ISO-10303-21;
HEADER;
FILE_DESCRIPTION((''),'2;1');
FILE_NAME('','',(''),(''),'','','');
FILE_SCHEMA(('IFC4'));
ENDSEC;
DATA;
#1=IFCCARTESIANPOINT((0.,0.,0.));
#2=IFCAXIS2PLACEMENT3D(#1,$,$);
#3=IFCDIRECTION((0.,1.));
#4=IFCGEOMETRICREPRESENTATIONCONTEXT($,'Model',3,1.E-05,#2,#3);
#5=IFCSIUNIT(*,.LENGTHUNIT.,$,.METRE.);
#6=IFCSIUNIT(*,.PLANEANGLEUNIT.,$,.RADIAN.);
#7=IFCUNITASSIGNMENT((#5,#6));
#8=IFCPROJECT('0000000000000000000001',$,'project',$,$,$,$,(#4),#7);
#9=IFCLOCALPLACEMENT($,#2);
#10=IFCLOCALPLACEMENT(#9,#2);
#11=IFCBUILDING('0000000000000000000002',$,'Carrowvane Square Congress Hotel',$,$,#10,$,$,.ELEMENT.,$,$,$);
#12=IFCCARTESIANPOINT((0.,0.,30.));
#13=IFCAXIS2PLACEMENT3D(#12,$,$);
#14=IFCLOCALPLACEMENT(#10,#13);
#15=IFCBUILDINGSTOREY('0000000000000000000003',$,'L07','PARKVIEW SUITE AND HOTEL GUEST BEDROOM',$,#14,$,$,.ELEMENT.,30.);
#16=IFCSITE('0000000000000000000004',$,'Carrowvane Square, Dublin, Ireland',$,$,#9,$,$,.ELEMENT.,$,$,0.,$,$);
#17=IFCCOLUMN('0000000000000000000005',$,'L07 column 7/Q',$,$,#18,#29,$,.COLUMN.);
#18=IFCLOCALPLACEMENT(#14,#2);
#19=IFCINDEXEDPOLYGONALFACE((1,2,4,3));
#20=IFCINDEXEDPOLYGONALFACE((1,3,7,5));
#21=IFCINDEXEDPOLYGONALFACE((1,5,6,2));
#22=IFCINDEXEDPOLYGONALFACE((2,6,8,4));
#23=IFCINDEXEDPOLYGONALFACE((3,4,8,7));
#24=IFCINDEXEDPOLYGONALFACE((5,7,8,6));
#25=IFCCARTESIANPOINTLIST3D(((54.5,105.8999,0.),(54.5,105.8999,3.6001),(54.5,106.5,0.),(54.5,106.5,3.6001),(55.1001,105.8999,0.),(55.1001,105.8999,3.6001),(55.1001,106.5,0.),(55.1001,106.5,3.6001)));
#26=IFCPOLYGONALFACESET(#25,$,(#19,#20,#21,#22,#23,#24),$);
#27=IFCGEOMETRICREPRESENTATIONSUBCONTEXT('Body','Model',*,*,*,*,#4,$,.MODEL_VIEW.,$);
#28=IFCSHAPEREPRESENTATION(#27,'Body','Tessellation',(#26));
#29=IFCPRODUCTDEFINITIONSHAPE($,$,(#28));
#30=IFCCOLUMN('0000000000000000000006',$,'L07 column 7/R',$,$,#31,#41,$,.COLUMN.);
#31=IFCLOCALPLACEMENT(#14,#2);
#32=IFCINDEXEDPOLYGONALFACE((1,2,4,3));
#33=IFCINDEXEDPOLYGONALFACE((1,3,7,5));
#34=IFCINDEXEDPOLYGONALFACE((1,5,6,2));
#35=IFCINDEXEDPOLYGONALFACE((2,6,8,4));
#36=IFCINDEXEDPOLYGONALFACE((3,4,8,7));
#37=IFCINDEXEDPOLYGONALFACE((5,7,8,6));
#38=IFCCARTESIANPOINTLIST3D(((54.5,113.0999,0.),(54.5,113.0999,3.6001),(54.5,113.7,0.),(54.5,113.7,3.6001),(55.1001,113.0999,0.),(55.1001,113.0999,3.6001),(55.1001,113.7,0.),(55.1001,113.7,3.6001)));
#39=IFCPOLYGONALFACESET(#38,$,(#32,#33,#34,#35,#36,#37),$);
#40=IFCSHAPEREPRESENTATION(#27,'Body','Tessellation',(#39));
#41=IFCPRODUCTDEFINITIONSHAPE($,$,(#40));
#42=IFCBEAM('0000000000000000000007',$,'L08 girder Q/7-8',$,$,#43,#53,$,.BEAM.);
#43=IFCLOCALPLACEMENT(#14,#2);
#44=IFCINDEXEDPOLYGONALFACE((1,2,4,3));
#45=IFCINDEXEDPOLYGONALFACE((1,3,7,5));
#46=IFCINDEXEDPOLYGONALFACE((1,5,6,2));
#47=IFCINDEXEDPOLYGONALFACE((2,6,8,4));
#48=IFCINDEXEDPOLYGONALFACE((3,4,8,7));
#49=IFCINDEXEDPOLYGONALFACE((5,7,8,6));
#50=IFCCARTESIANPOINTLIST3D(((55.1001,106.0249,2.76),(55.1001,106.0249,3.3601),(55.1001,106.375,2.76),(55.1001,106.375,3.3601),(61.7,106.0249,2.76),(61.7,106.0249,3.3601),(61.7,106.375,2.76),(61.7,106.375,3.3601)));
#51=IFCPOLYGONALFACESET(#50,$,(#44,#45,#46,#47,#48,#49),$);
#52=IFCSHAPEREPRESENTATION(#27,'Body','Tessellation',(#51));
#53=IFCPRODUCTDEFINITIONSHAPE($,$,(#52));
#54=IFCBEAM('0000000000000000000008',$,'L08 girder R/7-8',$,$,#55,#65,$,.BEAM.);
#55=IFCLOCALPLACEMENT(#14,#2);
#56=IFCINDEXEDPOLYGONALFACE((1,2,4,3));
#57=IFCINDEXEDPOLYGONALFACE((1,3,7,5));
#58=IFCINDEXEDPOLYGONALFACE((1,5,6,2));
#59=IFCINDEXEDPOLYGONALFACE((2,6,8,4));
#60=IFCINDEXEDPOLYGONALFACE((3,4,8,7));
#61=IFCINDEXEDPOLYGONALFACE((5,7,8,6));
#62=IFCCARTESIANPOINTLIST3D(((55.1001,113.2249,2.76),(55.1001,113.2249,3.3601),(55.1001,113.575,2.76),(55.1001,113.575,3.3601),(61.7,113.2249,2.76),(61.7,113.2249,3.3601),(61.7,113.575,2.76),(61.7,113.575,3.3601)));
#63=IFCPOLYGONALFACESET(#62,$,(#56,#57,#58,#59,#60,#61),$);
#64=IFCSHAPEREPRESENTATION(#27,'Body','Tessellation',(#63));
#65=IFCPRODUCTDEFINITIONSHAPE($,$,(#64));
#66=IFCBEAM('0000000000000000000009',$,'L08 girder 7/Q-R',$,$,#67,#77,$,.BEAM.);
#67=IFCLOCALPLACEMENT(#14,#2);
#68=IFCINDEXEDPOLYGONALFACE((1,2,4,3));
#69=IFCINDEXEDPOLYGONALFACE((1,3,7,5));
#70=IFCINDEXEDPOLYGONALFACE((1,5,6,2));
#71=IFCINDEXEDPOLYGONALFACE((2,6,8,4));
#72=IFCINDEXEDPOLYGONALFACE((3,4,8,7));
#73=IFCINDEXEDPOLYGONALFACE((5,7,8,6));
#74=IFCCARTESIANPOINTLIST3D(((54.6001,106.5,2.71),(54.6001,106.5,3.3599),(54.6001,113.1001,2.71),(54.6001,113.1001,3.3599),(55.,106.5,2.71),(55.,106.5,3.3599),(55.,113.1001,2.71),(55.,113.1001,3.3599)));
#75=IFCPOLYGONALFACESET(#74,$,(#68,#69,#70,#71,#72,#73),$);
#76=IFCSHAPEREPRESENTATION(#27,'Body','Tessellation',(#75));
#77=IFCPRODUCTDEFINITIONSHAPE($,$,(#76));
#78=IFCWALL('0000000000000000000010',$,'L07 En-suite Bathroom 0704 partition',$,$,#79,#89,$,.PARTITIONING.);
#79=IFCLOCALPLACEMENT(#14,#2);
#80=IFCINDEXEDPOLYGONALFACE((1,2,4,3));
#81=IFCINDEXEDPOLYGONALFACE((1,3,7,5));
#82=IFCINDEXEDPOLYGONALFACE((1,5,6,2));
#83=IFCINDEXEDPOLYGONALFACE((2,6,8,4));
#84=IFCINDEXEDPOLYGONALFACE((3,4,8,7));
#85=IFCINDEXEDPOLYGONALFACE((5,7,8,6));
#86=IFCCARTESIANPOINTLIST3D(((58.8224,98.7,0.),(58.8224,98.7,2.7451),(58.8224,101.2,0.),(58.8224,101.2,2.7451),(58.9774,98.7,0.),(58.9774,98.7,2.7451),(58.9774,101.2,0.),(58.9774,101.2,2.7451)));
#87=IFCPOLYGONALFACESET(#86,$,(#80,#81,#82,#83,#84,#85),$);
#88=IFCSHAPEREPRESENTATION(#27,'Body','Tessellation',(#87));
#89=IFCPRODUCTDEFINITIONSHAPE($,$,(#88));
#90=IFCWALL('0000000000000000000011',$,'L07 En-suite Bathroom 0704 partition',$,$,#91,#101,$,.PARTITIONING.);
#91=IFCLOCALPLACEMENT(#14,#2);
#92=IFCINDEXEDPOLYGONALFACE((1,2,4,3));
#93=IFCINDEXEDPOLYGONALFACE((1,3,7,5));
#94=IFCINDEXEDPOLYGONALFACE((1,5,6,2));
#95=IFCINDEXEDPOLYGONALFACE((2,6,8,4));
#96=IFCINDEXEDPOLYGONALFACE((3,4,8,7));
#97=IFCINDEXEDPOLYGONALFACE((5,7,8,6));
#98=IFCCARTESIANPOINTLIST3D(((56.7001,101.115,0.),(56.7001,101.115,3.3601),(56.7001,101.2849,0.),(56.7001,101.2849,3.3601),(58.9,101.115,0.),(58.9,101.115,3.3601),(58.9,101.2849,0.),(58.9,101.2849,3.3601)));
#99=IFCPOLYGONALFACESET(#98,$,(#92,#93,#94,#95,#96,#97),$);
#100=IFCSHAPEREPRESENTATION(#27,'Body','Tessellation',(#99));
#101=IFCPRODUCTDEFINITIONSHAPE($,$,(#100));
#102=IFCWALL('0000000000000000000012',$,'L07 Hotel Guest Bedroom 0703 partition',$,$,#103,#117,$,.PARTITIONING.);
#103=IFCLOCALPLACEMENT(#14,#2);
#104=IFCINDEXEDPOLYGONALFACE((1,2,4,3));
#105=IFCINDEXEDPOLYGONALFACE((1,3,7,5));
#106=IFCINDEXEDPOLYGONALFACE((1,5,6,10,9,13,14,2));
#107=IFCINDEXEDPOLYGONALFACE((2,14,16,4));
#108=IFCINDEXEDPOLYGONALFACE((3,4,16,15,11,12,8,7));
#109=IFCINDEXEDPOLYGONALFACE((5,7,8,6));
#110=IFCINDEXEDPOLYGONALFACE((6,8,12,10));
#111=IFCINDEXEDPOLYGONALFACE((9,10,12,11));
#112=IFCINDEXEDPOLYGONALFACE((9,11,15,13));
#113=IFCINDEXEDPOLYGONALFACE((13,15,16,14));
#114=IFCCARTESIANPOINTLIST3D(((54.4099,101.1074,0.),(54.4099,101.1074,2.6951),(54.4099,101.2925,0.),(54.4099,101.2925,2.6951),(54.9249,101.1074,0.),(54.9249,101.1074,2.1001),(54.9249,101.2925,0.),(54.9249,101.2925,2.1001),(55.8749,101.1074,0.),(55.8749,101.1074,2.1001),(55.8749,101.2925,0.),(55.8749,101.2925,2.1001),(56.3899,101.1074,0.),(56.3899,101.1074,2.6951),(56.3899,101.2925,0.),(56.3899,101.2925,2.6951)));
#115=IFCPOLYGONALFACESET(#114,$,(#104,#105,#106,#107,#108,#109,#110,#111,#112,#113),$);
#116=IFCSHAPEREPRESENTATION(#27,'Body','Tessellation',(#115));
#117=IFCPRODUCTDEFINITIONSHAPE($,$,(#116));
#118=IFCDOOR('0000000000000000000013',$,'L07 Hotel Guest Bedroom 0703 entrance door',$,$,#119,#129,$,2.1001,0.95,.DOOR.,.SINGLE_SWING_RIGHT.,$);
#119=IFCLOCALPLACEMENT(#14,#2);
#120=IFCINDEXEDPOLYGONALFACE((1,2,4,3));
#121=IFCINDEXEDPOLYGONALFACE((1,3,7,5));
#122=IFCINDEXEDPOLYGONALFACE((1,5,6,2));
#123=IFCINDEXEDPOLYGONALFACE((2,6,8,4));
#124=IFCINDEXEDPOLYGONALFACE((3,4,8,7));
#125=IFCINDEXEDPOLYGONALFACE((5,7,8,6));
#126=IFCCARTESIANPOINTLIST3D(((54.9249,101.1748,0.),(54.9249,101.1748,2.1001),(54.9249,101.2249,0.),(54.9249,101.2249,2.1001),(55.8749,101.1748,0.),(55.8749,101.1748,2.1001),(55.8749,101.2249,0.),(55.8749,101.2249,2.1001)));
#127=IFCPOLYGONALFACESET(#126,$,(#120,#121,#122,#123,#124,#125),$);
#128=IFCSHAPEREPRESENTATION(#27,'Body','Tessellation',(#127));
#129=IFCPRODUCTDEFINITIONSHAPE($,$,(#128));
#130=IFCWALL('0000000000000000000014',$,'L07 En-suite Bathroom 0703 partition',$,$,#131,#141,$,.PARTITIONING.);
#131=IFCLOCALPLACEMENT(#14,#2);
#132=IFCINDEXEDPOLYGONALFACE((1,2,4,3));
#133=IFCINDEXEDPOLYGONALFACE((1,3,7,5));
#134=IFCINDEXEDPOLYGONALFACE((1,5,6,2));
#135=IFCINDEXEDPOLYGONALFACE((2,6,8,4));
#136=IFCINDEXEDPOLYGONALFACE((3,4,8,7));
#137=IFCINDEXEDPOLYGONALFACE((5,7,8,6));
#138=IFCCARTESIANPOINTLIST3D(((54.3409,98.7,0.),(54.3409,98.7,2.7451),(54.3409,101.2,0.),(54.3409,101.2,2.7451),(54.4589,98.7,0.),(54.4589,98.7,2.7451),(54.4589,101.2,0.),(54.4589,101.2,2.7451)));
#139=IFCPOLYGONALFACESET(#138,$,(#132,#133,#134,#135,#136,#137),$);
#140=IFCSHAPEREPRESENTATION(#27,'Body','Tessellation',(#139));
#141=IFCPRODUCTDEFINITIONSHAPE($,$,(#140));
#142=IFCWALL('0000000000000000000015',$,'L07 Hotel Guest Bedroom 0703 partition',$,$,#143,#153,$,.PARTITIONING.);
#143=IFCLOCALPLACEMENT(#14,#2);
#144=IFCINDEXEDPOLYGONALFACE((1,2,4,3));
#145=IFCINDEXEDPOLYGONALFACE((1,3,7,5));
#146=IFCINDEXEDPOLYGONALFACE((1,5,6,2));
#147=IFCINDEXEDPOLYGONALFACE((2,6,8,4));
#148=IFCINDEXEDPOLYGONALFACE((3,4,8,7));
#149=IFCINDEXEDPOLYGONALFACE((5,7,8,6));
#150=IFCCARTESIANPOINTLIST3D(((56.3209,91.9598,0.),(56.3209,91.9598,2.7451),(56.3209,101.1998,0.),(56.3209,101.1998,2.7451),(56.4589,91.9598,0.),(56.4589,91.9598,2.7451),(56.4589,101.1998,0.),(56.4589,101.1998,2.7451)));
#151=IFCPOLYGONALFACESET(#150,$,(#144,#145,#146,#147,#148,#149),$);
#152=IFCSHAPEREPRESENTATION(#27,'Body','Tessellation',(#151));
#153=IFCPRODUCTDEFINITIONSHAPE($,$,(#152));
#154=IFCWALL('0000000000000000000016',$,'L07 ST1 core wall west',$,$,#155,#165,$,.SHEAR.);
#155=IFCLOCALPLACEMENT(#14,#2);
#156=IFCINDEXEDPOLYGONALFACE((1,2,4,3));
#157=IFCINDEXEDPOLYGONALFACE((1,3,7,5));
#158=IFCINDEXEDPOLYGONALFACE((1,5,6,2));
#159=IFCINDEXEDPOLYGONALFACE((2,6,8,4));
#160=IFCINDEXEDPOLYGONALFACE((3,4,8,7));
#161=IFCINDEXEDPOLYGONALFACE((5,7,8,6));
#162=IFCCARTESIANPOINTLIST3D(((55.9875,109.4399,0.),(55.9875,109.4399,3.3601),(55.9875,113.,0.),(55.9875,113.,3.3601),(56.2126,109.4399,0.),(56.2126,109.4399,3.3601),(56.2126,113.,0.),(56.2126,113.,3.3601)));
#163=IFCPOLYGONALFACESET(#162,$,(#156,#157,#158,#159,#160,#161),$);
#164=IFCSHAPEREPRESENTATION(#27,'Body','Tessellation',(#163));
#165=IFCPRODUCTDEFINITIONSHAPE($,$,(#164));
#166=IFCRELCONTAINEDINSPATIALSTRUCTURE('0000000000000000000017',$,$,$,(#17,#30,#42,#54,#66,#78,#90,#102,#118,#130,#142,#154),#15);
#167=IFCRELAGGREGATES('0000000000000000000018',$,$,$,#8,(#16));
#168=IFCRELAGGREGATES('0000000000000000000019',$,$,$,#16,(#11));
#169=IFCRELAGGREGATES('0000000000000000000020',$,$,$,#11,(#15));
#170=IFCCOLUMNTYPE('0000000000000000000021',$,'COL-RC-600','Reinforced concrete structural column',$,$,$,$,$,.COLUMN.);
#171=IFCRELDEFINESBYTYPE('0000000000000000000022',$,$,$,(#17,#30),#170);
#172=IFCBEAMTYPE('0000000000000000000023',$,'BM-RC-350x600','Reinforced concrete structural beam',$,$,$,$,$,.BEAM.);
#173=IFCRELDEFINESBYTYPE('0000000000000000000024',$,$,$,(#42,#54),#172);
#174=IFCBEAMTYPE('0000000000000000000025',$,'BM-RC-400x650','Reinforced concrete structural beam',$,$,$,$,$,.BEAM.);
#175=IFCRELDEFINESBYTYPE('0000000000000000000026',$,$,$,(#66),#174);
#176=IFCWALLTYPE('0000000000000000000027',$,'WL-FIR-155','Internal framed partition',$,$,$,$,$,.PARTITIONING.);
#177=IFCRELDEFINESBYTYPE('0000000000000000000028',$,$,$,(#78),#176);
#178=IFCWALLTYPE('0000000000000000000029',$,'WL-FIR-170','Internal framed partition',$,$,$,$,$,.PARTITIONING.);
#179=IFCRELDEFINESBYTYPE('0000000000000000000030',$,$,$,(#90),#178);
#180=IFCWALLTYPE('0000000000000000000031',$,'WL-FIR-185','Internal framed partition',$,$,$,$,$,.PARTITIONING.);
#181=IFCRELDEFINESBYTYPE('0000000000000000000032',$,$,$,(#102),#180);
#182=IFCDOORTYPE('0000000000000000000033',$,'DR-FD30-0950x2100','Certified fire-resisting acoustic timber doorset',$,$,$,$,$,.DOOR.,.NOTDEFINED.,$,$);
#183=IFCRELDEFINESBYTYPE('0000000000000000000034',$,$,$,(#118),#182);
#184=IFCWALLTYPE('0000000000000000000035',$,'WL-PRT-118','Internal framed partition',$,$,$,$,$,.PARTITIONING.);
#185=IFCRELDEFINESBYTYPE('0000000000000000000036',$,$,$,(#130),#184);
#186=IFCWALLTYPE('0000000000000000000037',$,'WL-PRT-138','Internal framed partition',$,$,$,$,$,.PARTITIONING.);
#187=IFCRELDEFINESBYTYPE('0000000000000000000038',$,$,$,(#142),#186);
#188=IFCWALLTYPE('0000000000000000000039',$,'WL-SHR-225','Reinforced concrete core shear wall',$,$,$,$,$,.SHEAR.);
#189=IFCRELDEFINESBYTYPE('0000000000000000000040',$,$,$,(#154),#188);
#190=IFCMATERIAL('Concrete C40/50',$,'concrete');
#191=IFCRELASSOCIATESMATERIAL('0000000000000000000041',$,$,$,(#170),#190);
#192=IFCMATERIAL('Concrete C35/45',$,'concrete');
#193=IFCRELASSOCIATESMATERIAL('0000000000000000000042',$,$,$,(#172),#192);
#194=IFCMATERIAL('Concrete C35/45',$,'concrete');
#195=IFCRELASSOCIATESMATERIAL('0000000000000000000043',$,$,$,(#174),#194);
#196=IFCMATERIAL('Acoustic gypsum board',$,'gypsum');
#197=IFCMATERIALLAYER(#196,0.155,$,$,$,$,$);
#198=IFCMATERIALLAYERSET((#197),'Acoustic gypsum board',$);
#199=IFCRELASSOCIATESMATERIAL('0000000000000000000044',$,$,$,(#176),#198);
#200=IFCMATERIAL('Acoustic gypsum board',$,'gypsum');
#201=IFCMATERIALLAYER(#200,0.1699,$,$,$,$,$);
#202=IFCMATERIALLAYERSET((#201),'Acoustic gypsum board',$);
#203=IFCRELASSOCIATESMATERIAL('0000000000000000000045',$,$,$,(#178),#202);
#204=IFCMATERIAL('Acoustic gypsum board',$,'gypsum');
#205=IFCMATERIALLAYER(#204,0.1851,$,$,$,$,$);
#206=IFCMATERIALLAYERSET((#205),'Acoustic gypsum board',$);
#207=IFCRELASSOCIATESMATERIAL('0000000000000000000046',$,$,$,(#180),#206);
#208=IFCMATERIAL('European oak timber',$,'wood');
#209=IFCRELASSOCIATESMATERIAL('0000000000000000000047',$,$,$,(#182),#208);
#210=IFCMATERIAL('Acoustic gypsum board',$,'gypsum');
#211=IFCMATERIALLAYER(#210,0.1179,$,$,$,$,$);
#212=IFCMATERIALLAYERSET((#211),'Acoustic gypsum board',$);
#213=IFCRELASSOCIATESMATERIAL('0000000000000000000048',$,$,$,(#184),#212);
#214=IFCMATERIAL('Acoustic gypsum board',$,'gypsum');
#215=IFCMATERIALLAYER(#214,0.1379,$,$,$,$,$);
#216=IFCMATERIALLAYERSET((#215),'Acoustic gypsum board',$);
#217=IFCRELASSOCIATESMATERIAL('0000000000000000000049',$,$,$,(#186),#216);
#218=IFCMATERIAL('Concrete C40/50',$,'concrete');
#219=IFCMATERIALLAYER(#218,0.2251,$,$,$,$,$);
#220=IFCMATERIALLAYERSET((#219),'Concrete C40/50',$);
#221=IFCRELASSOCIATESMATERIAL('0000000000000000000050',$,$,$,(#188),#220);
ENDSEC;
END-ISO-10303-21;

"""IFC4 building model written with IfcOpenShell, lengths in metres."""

from ifc_helpers import new_model, si_unit, direction, frame, frame_2d, origin, origin_2d, place, context, subcontext, project, spatial, rectangle, extrude, material, layer, layer_set, material_profile, profile_set, type_object, element, fill, save


model = new_model("IFC4")

# Units and contexts
model_context = context("Model", 3, precision=1e-05, world=origin(), true_north=direction((0.0, 1.0)))
body_context = subcontext(model_context, "Body", "Model", "MODEL_VIEW")
ifc_project = project(units=[si_unit("LENGTHUNIT", "METRE"), si_unit("PLANEANGLEUNIT", "RADIAN")], contexts=[model_context])

# Site, building, storey
site_placement = place(None, origin())
site = spatial("IfcSite", under=ifc_project, at=site_placement, Name="Carrowvane Square, Dublin, Ireland", CompositionType="ELEMENT", RefElevation=0.0)
building_placement = place(site_placement, origin())
building = spatial("IfcBuilding", under=site, at=building_placement, Name="Carrowvane Square Congress Hotel", CompositionType="ELEMENT")
storey_placement = place(building_placement, frame((0.0, 0.0, 30.0)))
storey = spatial("IfcBuildingStorey", under=building, at=storey_placement, Name="L07", Description="PARKVIEW SUITE AND HOTEL GUEST BEDROOM", CompositionType="ELEMENT", Elevation=30.0)

# Columns
ifc_material_1 = material(Name="Concrete C40/50", Category="concrete")
ifc_material_profile_1 = material_profile(ifc_material_1, rectangle(XDim=0.6001, YDim=0.6001, at=origin_2d()), Name="RC 600x600")
ifc_profile_set_1 = profile_set([ifc_material_profile_1], Name="Concrete C40/50")
column_type = type_object("IfcColumnType", Name="COL-RC-600", Description="Reinforced concrete structural column", PredefinedType="COLUMN", material=ifc_profile_set_1)
for number, where, z_axis, x_axis, name in (
    (1, (54.8, 106.2, 0.0), (0.0, 0.0, 1.0), (1.0, 0.0, 0.0), "L07 column 7/Q"),
    (2, (54.8, 113.3999, 0.0), (0.0, 0.0, 1.0), (1.0, 0.0, 0.0), "L07 column 7/R"),
):
    element("IfcColumn", number, at=place(storey_placement, frame(where, z_axis=z_axis, x_axis=x_axis)), inside=storey, type_object=column_type, Name=name, PredefinedType="COLUMN", context=body_context, shape_type="SweptSolid", body=[
        extrude(rectangle(XDim=0.6001, YDim=0.6001, at=origin_2d()), origin(), (0.0, 0.0, 1.0), 3.6001),
    ])

# Beams
ifc_material_2 = material(Name="Concrete C35/45", Category="concrete")
ifc_material_profile_2 = material_profile(ifc_material_2, rectangle(XDim=0.3501, YDim=0.6001, at=origin_2d()), Name="RC 350x600")
ifc_profile_set_2 = profile_set([ifc_material_profile_2], Name="Concrete C35/45")
beam_type_1 = type_object("IfcBeamType", Name="BM-RC-350x600", Description="Reinforced concrete structural beam", PredefinedType="BEAM", material=ifc_profile_set_2)
for number, where, z_axis, x_axis, name in (
    (3, (55.1001, 106.2, 3.0601), (1.0, 0.0, 0.0), (0.0, 1.0, 0.0), "L08 girder Q/7-8"),
    (4, (55.1001, 113.3999, 3.0601), (1.0, 0.0, 0.0), (0.0, 1.0, 0.0), "L08 girder R/7-8"),
):
    element("IfcBeam", number, at=place(storey_placement, frame(where, z_axis=z_axis, x_axis=x_axis)), inside=storey, type_object=beam_type_1, Name=name, PredefinedType="BEAM", context=body_context, shape_type="SweptSolid", body=[
        extrude(rectangle(XDim=0.3501, YDim=0.6001, at=origin_2d()), origin(), (0.0, 0.0, 1.0), 6.5999),
    ])
ifc_material_3 = material(Name="Concrete C35/45", Category="concrete")
ifc_material_profile_3 = material_profile(ifc_material_3, rectangle(XDim=0.3999, YDim=0.6499, at=origin_2d()), Name="RC 400x650")
ifc_profile_set_3 = profile_set([ifc_material_profile_3], Name="Concrete C35/45")
beam_type_2 = type_object("IfcBeamType", Name="BM-RC-400x650", Description="Reinforced concrete structural beam", PredefinedType="BEAM", material=ifc_profile_set_3)
beam_placement = place(storey_placement, frame((54.8, 106.5, 3.0349), z_axis=(0.0, 1.0, 0.0), x_axis=(-1.0, 0.0, 0.0)))
element("IfcBeam", 5, at=beam_placement, inside=storey, type_object=beam_type_2, Name="L08 girder 7/Q-R", PredefinedType="BEAM", context=body_context, shape_type="SweptSolid", body=[
    extrude(rectangle(XDim=0.3999, YDim=0.6499, at=origin_2d()), origin(), (0.0, 0.0, 1.0), 6.6001),
])

# Walls
ifc_material_4 = material(Name="Acoustic gypsum board", Category="gypsum")
ifc_layer_1 = layer(ifc_material_4, 0.155)
ifc_layer_set_1 = layer_set([ifc_layer_1], Name="Acoustic gypsum board")
wall_type_1 = type_object("IfcWallType", Name="WL-FIR-155", Description="Internal framed partition", PredefinedType="PARTITIONING", material=ifc_layer_set_1)
wall_1_placement = place(storey_placement, frame((58.8999, 101.2, 0.0), z_axis=(0.0, 0.0, 1.0), x_axis=(0.0, -1.0, 0.0)))
element("IfcWall", 6, at=wall_1_placement, inside=storey, type_object=wall_type_1, Name="L07 En-suite Bathroom 0704 partition", PredefinedType="PARTITIONING", context=body_context, shape_type="SweptSolid", body=[
    extrude(rectangle(XDim=2.5, YDim=0.155, at=frame_2d((1.25, 0.0))), origin(), (0.0, 0.0, 1.0), 2.7451),
])
ifc_material_5 = material(Name="Acoustic gypsum board", Category="gypsum")
ifc_layer_2 = layer(ifc_material_5, 0.1699)
ifc_layer_set_2 = layer_set([ifc_layer_2], Name="Acoustic gypsum board")
wall_type_2 = type_object("IfcWallType", Name="WL-FIR-170", Description="Internal framed partition", PredefinedType="PARTITIONING", material=ifc_layer_set_2)
wall_2_placement = place(storey_placement, frame((56.7, 101.2, 0.0), z_axis=(0.0, 0.0, 1.0), x_axis=(1.0, 0.0, 0.0)))
element("IfcWall", 7, at=wall_2_placement, inside=storey, type_object=wall_type_2, Name="L07 En-suite Bathroom 0704 partition", PredefinedType="PARTITIONING", context=body_context, shape_type="SweptSolid", body=[
    extrude(rectangle(XDim=2.2, YDim=0.1699, at=frame_2d((1.1001, 0.0))), origin(), (0.0, 0.0, 1.0), 3.3601),
])

# Wall, opening, door
ifc_material_6 = material(Name="Acoustic gypsum board", Category="gypsum")
ifc_layer_3 = layer(ifc_material_6, 0.1851)
ifc_layer_set_3 = layer_set([ifc_layer_3], Name="Acoustic gypsum board")
wall_type_3 = type_object("IfcWallType", Name="WL-FIR-185", Description="Internal framed partition", PredefinedType="PARTITIONING", material=ifc_layer_set_3)
wall_3_placement = place(storey_placement, frame((54.4099, 101.2, 0.0), z_axis=(0.0, 0.0, 1.0), x_axis=(1.0, 0.0, 0.0)))
wall_3 = element("IfcWall", 8, at=wall_3_placement, inside=storey, type_object=wall_type_3, Name="L07 Hotel Guest Bedroom 0703 partition", PredefinedType="PARTITIONING", context=body_context, shape_type="SweptSolid", body=[
    extrude(rectangle(XDim=1.98, YDim=0.1851, at=frame_2d((0.99, 0.0))), origin(), (0.0, 0.0, 1.0), 2.6951),
])
opening_1_placement = place(wall_3_placement, frame((0.5149, 0.0, 0.0)))
opening_1 = element("IfcOpeningElement", 9, at=opening_1_placement, cuts=wall_3, PredefinedType="OPENING", context=body_context, shape_type="SweptSolid", body=[
    extrude(rectangle(XDim=0.95, YDim=2.1001, at=frame_2d((0.4751, 1.05))), frame((0.0, 0.1025, 0.0), z_axis=(0.0, -1.0, 0.0), x_axis=(1.0, 0.0, 0.0)), (0.0, 0.0, 1.0), 0.2051),
])
ifc_material_7 = material(Name="European oak timber", Category="wood")
door_type_1 = type_object("IfcDoorType", Name="DR-FD30-0950x2100", Description="Certified fire-resisting acoustic timber doorset", OperationType="NOTDEFINED", PredefinedType="DOOR", material=ifc_material_7)
door_1_placement = place(opening_1_placement, origin())
door_1 = element("IfcDoor", 10, at=door_1_placement, inside=storey, type_object=door_type_1, Name="L07 Hotel Guest Bedroom 0703 entrance door", OperationType="SINGLE_SWING_RIGHT", OverallHeight=2.1001, OverallWidth=0.95, PredefinedType="DOOR", context=body_context, shape_type="SweptSolid", body=[
    extrude(rectangle(XDim=0.95, YDim=2.1001, at=frame_2d((0.4751, 1.05))), frame((0.0, 0.0249, 0.0), z_axis=(0.0, -1.0, 0.0), x_axis=(1.0, 0.0, 0.0)), (0.0, 0.0, 1.0), 0.05),
])
fill(opening_1, door_1)

# Wall
ifc_material_8 = material(Name="Acoustic gypsum board", Category="gypsum")
ifc_layer_4 = layer(ifc_material_8, 0.1179)
ifc_layer_set_4 = layer_set([ifc_layer_4], Name="Acoustic gypsum board")
wall_type_4 = type_object("IfcWallType", Name="WL-PRT-118", Description="Internal framed partition", PredefinedType="PARTITIONING", material=ifc_layer_set_4)
wall_4_placement = place(storey_placement, frame((54.3999, 101.2, 0.0), z_axis=(0.0, 0.0, 1.0), x_axis=(0.0, -1.0, 0.0)))
element("IfcWall", 11, at=wall_4_placement, inside=storey, type_object=wall_type_4, Name="L07 En-suite Bathroom 0703 partition", PredefinedType="PARTITIONING", context=body_context, shape_type="SweptSolid", body=[
    extrude(rectangle(XDim=2.5, YDim=0.1179, at=frame_2d((1.25, 0.0))), origin(), (0.0, 0.0, 1.0), 2.7451),
])

# Walls
ifc_material_9 = material(Name="Acoustic gypsum board", Category="gypsum")
ifc_layer_5 = layer(ifc_material_9, 0.1379)
ifc_layer_set_5 = layer_set([ifc_layer_5], Name="Acoustic gypsum board")
wall_type_5 = type_object("IfcWallType", Name="WL-PRT-138", Description="Internal framed partition", PredefinedType="PARTITIONING", material=ifc_layer_set_5)
wall_5_placement = place(storey_placement, frame((56.3899, 101.2, 0.0), z_axis=(0.0, 0.0, 1.0), x_axis=(0.0, -1.0, 0.0)))
element("IfcWall", 12, at=wall_5_placement, inside=storey, type_object=wall_type_5, Name="L07 Hotel Guest Bedroom 0703 partition", PredefinedType="PARTITIONING", context=body_context, shape_type="SweptSolid", body=[
    extrude(rectangle(XDim=9.24, YDim=0.1379, at=frame_2d((4.6201, 0.0))), origin(), (0.0, 0.0, 1.0), 2.7451),
])
ifc_material_10 = material(Name="Concrete C40/50", Category="concrete")
ifc_layer_6 = layer(ifc_material_10, 0.2251)
ifc_layer_set_6 = layer_set([ifc_layer_6], Name="Concrete C40/50")
wall_type_6 = type_object("IfcWallType", Name="WL-SHR-225", Description="Reinforced concrete core shear wall", PredefinedType="SHEAR", material=ifc_layer_set_6)
wall_6_placement = place(storey_placement, frame((56.1001, 113.0, 0.0), z_axis=(0.0, 0.0, 1.0), x_axis=(0.0, -1.0, 0.0)))
element("IfcWall", 13, at=wall_6_placement, inside=storey, type_object=wall_type_6, Name="L07 ST1 core wall west", PredefinedType="SHEAR", context=body_context, shape_type="SweptSolid", body=[
    extrude(rectangle(XDim=3.5601, YDim=0.2251, at=frame_2d((1.78, 0.0))), origin(), (0.0, 0.0, 1.0), 3.3601),
])

save(model, "model.ifc")
